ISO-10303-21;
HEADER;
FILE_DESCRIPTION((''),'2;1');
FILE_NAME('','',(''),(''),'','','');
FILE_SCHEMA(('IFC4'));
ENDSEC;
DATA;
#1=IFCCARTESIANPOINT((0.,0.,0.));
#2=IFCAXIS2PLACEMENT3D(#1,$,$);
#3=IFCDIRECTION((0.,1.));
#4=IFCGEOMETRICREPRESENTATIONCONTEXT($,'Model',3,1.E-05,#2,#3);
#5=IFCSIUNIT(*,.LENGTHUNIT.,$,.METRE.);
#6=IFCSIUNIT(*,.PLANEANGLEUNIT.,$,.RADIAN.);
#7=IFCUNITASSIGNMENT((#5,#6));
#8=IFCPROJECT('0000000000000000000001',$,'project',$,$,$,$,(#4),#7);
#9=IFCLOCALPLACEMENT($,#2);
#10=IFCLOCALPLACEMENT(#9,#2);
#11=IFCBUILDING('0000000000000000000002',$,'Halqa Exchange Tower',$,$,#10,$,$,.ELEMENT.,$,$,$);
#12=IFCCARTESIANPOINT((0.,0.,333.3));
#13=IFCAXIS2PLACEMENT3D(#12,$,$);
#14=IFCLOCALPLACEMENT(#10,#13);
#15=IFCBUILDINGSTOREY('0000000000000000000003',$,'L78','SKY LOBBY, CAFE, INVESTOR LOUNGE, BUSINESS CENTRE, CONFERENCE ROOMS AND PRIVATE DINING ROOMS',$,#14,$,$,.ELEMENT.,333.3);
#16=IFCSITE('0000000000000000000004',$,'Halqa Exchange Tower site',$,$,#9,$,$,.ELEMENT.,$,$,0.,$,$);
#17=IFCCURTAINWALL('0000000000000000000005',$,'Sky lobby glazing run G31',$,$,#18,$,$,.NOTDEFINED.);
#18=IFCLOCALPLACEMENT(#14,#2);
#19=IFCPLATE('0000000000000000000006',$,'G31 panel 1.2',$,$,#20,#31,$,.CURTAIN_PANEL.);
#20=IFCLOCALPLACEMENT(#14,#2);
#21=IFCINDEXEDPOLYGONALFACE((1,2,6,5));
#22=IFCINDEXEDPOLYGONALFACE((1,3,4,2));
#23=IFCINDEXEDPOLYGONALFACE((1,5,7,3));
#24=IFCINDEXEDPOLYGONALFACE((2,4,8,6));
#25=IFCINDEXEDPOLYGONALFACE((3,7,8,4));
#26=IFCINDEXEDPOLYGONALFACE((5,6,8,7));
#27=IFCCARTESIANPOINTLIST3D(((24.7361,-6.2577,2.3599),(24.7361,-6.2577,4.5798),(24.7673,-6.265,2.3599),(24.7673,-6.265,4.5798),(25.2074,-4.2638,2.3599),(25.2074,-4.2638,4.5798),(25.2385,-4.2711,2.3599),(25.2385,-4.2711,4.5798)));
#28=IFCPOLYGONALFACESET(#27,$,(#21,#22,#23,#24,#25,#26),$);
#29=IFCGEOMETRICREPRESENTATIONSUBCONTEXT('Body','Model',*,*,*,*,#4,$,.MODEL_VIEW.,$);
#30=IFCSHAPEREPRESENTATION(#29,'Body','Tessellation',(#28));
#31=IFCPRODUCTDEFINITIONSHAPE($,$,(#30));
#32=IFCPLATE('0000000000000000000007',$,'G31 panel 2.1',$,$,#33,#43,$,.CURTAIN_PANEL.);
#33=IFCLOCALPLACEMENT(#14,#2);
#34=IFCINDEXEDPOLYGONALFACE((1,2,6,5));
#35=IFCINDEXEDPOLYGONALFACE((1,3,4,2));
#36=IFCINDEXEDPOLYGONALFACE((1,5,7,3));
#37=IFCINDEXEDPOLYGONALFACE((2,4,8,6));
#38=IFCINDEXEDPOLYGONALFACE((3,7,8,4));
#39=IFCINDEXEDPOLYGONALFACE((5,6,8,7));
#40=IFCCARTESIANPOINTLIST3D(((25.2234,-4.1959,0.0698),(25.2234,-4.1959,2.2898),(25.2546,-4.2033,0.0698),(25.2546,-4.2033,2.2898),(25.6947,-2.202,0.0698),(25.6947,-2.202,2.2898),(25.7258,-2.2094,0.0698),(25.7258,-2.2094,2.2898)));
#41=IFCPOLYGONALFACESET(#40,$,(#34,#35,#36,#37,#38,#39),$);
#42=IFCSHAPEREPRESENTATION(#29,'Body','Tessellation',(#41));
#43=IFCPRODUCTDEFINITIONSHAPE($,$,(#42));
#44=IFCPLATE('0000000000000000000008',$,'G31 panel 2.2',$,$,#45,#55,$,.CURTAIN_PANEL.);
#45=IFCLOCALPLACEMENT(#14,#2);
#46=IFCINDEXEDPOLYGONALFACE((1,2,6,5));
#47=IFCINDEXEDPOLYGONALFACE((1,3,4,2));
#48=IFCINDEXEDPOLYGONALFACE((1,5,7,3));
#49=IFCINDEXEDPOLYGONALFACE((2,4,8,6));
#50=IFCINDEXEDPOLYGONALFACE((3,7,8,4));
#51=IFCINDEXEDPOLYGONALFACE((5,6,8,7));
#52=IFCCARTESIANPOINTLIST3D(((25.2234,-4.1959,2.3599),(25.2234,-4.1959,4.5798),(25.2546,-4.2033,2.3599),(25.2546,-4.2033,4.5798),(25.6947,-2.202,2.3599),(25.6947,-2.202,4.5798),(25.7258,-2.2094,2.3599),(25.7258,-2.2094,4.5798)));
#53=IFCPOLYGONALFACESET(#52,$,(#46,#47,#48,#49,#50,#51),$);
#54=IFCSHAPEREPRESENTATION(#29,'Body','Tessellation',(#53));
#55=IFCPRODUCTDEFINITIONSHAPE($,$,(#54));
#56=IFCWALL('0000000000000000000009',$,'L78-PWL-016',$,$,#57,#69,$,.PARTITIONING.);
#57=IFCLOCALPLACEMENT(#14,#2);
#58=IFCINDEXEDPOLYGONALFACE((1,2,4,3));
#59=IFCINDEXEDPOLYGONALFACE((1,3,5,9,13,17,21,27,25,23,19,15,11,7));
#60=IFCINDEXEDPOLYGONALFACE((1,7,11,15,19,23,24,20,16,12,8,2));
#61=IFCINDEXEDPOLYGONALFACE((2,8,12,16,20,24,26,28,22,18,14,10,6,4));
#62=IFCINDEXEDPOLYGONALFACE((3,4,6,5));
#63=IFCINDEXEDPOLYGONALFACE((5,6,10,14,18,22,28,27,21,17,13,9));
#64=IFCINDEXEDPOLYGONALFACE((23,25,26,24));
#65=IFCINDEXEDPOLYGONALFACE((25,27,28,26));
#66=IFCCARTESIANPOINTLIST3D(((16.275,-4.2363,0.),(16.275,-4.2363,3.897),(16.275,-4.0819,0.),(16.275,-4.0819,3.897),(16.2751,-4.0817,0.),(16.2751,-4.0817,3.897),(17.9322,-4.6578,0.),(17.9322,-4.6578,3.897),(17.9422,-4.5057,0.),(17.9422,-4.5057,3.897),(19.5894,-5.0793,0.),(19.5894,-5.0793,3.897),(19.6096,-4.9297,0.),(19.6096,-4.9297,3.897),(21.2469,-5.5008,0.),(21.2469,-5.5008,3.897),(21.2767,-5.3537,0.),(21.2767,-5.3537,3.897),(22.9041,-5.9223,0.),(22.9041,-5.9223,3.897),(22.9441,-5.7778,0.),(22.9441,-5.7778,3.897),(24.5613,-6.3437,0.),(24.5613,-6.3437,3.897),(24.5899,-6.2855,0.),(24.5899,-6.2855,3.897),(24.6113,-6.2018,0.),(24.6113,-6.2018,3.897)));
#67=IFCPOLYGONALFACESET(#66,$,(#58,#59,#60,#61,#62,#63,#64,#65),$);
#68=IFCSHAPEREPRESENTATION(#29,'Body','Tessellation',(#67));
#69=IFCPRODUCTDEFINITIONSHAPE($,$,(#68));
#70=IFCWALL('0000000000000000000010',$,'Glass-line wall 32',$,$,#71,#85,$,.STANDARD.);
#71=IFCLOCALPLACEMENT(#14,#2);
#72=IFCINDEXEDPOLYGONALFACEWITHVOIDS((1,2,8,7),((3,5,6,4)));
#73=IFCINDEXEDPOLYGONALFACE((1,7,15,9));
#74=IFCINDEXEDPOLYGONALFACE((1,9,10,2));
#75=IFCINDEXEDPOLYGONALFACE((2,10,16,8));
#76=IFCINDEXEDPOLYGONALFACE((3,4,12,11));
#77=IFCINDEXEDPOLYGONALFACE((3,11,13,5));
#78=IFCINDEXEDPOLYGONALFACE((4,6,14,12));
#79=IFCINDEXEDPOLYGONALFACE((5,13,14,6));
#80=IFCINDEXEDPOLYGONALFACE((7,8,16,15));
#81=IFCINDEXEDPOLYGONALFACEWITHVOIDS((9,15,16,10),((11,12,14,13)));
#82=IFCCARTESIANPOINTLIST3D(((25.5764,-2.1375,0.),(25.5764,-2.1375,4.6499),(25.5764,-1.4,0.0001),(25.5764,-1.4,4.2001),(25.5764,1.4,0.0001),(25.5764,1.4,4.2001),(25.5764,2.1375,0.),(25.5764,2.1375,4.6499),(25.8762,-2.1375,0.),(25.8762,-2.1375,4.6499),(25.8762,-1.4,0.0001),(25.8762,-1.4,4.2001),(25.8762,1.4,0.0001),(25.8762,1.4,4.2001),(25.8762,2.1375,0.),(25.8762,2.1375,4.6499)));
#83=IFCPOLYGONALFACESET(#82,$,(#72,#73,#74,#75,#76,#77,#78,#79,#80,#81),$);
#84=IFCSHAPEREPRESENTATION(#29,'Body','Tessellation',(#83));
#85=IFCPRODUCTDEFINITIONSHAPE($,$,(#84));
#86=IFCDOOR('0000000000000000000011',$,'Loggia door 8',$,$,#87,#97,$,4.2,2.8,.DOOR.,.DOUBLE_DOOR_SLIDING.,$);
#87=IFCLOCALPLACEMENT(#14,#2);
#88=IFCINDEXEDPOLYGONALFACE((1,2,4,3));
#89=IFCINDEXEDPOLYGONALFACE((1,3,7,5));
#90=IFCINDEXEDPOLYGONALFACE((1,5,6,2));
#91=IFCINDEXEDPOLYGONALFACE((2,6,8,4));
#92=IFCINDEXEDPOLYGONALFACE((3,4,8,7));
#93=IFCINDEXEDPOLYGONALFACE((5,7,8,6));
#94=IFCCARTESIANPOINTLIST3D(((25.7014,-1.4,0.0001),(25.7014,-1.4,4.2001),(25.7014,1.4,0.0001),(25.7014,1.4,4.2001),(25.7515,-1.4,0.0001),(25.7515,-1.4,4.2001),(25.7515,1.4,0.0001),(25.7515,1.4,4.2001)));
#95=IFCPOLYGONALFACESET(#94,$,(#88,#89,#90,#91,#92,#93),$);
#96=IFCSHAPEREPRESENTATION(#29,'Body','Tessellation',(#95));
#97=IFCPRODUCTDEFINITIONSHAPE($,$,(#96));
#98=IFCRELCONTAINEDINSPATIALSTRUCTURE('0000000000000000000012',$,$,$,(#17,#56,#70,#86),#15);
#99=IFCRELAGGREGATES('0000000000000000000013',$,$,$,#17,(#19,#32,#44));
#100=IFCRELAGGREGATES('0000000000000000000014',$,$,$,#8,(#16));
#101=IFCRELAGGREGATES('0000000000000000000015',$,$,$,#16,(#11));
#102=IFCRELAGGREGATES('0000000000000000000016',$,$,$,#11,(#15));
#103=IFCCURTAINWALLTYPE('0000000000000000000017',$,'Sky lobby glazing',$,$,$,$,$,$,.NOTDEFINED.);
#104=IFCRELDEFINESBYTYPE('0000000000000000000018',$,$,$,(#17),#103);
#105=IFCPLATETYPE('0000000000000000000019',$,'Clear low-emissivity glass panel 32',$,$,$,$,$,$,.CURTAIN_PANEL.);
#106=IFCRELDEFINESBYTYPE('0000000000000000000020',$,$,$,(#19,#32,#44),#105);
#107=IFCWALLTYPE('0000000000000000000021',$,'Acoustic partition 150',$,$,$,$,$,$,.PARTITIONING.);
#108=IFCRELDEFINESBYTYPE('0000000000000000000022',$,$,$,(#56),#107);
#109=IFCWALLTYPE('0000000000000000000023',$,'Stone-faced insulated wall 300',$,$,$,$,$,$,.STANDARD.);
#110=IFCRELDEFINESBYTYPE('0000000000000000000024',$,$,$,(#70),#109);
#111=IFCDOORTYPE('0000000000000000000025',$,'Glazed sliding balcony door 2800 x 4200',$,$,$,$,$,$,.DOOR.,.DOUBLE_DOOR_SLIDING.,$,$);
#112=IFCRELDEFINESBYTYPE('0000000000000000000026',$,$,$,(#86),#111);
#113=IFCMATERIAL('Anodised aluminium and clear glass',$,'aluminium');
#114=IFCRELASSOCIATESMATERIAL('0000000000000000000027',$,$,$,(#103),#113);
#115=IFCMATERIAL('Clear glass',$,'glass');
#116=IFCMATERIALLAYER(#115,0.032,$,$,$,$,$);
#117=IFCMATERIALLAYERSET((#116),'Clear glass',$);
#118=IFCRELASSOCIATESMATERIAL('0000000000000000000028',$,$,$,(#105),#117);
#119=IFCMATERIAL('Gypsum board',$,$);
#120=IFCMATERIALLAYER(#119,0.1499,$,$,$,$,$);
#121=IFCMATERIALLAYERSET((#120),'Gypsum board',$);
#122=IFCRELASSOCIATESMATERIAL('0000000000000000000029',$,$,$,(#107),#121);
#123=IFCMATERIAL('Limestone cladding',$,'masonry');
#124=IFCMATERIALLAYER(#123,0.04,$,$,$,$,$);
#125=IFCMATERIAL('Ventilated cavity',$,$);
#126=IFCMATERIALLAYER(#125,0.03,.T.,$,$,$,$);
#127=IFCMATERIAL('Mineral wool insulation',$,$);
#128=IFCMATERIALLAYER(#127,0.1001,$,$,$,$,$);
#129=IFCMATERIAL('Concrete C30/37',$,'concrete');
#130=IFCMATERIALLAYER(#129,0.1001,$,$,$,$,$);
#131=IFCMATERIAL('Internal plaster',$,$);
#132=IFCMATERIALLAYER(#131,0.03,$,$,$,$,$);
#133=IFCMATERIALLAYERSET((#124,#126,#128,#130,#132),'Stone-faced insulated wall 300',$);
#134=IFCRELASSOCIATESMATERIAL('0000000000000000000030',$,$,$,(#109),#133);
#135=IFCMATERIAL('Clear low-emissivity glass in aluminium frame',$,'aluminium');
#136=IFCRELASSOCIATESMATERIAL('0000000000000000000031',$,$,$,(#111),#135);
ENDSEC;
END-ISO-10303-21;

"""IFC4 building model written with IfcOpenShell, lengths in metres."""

from ifc_helpers import new_model, si_unit, direction, frame, frame_2d, origin, origin_2d, place, context, subcontext, project, spatial, polyline, rectangle, outline, extrude, material, layer, layer_set, type_object, element, fill, aggregate, save


model = new_model("IFC4")

# Units and contexts
model_context = context("Model", 3, precision=1e-05, world=origin(), true_north=direction((0.0, 1.0)))
body_context = subcontext(model_context, "Body", "Model", "MODEL_VIEW")
ifc_project = project(units=[si_unit("LENGTHUNIT", "METRE"), si_unit("PLANEANGLEUNIT", "RADIAN")], contexts=[model_context])

# Site, building, storey
site_placement = place(None, origin())
site = spatial("IfcSite", under=ifc_project, at=site_placement, Name="Halqa Exchange Tower site", CompositionType="ELEMENT", RefElevation=0.0)
building_placement = place(site_placement, origin())
building = spatial("IfcBuilding", under=site, at=building_placement, Name="Halqa Exchange Tower", CompositionType="ELEMENT")
storey_placement = place(building_placement, frame((0.0, 0.0, 333.3)))
storey = spatial("IfcBuildingStorey", under=building, at=storey_placement, Name="L78", Description="SKY LOBBY, CAFE, INVESTOR LOUNGE, BUSINESS CENTRE, CONFERENCE ROOMS AND PRIVATE DINING ROOMS", CompositionType="ELEMENT", Elevation=333.3)

# Shared definitions
ifc_material_1 = material(Name="Anodised aluminium and clear glass", Category="aluminium")
curtain_wall_type = type_object("IfcCurtainWallType", Name="Sky lobby glazing", PredefinedType="NOTDEFINED", material=ifc_material_1)

# Curtain wall
curtain_wall_1_placement = place(storey_placement, origin())
curtain_wall_1 = element("IfcCurtainWall", 1, at=curtain_wall_1_placement, inside=storey, type_object=curtain_wall_type, Name="Sky lobby glazing run G31", PredefinedType="NOTDEFINED")

# Plates
ifc_material_2 = material(Name="Clear glass", Category="glass")
ifc_layer_1 = layer(ifc_material_2, 0.032)
ifc_layer_set_1 = layer_set([ifc_layer_1], Name="Clear glass")
plate_type = type_object("IfcPlateType", Name="Clear low-emissivity glass panel 32", PredefinedType="CURTAIN_PANEL", material=ifc_layer_set_1)
plate_1_placement = place(storey_placement, frame((24.9873, -5.2644, 2.3599), z_axis=(0.0, 0.0, 1.0), x_axis=(0.229995, 0.973192, 0.0)))
plate_1 = element("IfcPlate", 2, at=plate_1_placement, type_object=plate_type, Name="G31 panel 1.2", PredefinedType="CURTAIN_PANEL", context=body_context, shape_type="SweptSolid", body=[
    extrude(rectangle(XDim=2.0488, YDim=0.032, at=origin_2d()), origin(), (0.0, 0.0, 1.0), 2.22),
])
plate_2_placement = place(storey_placement, frame((25.4746, -3.2026, 0.0698), z_axis=(0.0, 0.0, 1.0), x_axis=(0.229995, 0.973192, 0.0)))
plate_2 = element("IfcPlate", 3, at=plate_2_placement, type_object=plate_type, Name="G31 panel 2.1", PredefinedType="CURTAIN_PANEL", context=body_context, shape_type="SweptSolid", body=[
    extrude(rectangle(XDim=2.0488, YDim=0.032, at=origin_2d()), origin(), (0.0, 0.0, 1.0), 2.22),
])
plate_3_placement = place(storey_placement, frame((25.4746, -3.2026, 2.3599), z_axis=(0.0, 0.0, 1.0), x_axis=(0.229995, 0.973192, 0.0)))
plate_3 = element("IfcPlate", 4, at=plate_3_placement, type_object=plate_type, Name="G31 panel 2.2", PredefinedType="CURTAIN_PANEL", context=body_context, shape_type="SweptSolid", body=[
    extrude(rectangle(XDim=2.0488, YDim=0.032, at=origin_2d()), origin(), (0.0, 0.0, 1.0), 2.22),
])
aggregate(curtain_wall_1, [plate_1, plate_2, plate_3])

# Wall
ifc_material_3 = material(Name="Gypsum board")
ifc_layer_2 = layer(ifc_material_3, 0.1499)
ifc_layer_set_2 = layer_set([ifc_layer_2], Name="Gypsum board")
wall_type_1 = type_object("IfcWallType", Name="Acoustic partition 150", PredefinedType="PARTITIONING", material=ifc_layer_set_2)
wall_1_placement = place(storey_placement, frame((16.2566, -4.1543, 0.0), z_axis=(0.0, 0.0, 1.0), x_axis=(0.969148, -0.246481, 0.0)))
element("IfcWall", 5, at=wall_1_placement, inside=storey, type_object=wall_type_1, Name="L78-PWL-016", PredefinedType="PARTITIONING", context=body_context, shape_type="SweptSolid", body=[
    extrude(outline(polyline([(0.0381, -0.075), (1.748, -0.075), (3.458, -0.075), (5.1682, -0.075), (6.8782, -0.075), (8.5881, -0.075), (8.6016, -0.0115), (8.6016, 0.075), (6.8813, 0.075), (5.1609, 0.075), (3.4407, 0.075), (1.7202, 0.075), (0.0, 0.075), (0.0, 0.0747), (0.0381, -0.075)])), origin(), (0.0, 0.0, 1.0), 3.897),
])

# Wall, opening, door
ifc_material_4 = material(Name="Limestone cladding", Category="masonry")
ifc_layer_3 = layer(ifc_material_4, 0.04)
ifc_material_5 = material(Name="Ventilated cavity")
ifc_layer_4 = layer(ifc_material_5, 0.03, ventilated=True)
ifc_material_6 = material(Name="Mineral wool insulation")
ifc_layer_5 = layer(ifc_material_6, 0.1001)
ifc_material_7 = material(Name="Concrete C30/37", Category="concrete")
ifc_layer_6 = layer(ifc_material_7, 0.1001)
ifc_material_8 = material(Name="Internal plaster")
ifc_layer_7 = layer(ifc_material_8, 0.03)
ifc_layer_set_3 = layer_set([ifc_layer_3, ifc_layer_4, ifc_layer_5, ifc_layer_6, ifc_layer_7], Name="Stone-faced insulated wall 300")
wall_type_2 = type_object("IfcWallType", Name="Stone-faced insulated wall 300", PredefinedType="STANDARD", material=ifc_layer_set_3)
wall_2_placement = place(storey_placement, frame((25.7263, -2.1375, 0.0), z_axis=(0.0, 0.0, 1.0), x_axis=(0.0, 1.0, 0.0)))
wall_2 = element("IfcWall", 6, at=wall_2_placement, inside=storey, type_object=wall_type_2, Name="Glass-line wall 32", PredefinedType="STANDARD", context=body_context, shape_type="SweptSolid", body=[
    extrude(outline(polyline([(0.0, -0.1499), (4.2749, -0.1499), (4.2749, 0.1499), (0.0, 0.1499), (0.0, -0.1499)])), origin(), (0.0, 0.0, 1.0), 4.6499),
])
opening_placement = place(wall_2_placement, frame((0.7375, 0.0, 0.0)))
opening = element("IfcOpeningElement", 7, at=opening_placement, cuts=wall_2, PredefinedType="OPENING", context=body_context, shape_type="SweptSolid", body=[
    extrude(rectangle(XDim=2.8, YDim=4.2, at=frame_2d((1.3999, 2.1001))), frame((0.0, 0.1621, 0.0), z_axis=(0.0, -1.0, 0.0), x_axis=(1.0, 0.0, 0.0)), (0.0, 0.0, 1.0), 0.324),
])
ifc_material_9 = material(Name="Clear low-emissivity glass in aluminium frame", Category="aluminium")
door_type = type_object("IfcDoorType", Name="Glazed sliding balcony door 2800 x 4200", OperationType="DOUBLE_DOOR_SLIDING", PredefinedType="DOOR", material=ifc_material_9)
door_placement = place(opening_placement, origin())
door = element("IfcDoor", 8, at=door_placement, inside=storey, type_object=door_type, Name="Loggia door 8", OperationType="DOUBLE_DOOR_SLIDING", OverallHeight=4.2, OverallWidth=2.8, PredefinedType="DOOR", context=body_context, shape_type="SweptSolid", body=[
    extrude(rectangle(XDim=2.8, YDim=4.2, at=frame_2d((1.3999, 2.1001))), frame((0.0, 0.0249, 0.0), z_axis=(0.0, -1.0, 0.0), x_axis=(1.0, 0.0, 0.0)), (0.0, 0.0, 1.0), 0.05),
])
fill(opening, door)

save(model, "model.ifc")
